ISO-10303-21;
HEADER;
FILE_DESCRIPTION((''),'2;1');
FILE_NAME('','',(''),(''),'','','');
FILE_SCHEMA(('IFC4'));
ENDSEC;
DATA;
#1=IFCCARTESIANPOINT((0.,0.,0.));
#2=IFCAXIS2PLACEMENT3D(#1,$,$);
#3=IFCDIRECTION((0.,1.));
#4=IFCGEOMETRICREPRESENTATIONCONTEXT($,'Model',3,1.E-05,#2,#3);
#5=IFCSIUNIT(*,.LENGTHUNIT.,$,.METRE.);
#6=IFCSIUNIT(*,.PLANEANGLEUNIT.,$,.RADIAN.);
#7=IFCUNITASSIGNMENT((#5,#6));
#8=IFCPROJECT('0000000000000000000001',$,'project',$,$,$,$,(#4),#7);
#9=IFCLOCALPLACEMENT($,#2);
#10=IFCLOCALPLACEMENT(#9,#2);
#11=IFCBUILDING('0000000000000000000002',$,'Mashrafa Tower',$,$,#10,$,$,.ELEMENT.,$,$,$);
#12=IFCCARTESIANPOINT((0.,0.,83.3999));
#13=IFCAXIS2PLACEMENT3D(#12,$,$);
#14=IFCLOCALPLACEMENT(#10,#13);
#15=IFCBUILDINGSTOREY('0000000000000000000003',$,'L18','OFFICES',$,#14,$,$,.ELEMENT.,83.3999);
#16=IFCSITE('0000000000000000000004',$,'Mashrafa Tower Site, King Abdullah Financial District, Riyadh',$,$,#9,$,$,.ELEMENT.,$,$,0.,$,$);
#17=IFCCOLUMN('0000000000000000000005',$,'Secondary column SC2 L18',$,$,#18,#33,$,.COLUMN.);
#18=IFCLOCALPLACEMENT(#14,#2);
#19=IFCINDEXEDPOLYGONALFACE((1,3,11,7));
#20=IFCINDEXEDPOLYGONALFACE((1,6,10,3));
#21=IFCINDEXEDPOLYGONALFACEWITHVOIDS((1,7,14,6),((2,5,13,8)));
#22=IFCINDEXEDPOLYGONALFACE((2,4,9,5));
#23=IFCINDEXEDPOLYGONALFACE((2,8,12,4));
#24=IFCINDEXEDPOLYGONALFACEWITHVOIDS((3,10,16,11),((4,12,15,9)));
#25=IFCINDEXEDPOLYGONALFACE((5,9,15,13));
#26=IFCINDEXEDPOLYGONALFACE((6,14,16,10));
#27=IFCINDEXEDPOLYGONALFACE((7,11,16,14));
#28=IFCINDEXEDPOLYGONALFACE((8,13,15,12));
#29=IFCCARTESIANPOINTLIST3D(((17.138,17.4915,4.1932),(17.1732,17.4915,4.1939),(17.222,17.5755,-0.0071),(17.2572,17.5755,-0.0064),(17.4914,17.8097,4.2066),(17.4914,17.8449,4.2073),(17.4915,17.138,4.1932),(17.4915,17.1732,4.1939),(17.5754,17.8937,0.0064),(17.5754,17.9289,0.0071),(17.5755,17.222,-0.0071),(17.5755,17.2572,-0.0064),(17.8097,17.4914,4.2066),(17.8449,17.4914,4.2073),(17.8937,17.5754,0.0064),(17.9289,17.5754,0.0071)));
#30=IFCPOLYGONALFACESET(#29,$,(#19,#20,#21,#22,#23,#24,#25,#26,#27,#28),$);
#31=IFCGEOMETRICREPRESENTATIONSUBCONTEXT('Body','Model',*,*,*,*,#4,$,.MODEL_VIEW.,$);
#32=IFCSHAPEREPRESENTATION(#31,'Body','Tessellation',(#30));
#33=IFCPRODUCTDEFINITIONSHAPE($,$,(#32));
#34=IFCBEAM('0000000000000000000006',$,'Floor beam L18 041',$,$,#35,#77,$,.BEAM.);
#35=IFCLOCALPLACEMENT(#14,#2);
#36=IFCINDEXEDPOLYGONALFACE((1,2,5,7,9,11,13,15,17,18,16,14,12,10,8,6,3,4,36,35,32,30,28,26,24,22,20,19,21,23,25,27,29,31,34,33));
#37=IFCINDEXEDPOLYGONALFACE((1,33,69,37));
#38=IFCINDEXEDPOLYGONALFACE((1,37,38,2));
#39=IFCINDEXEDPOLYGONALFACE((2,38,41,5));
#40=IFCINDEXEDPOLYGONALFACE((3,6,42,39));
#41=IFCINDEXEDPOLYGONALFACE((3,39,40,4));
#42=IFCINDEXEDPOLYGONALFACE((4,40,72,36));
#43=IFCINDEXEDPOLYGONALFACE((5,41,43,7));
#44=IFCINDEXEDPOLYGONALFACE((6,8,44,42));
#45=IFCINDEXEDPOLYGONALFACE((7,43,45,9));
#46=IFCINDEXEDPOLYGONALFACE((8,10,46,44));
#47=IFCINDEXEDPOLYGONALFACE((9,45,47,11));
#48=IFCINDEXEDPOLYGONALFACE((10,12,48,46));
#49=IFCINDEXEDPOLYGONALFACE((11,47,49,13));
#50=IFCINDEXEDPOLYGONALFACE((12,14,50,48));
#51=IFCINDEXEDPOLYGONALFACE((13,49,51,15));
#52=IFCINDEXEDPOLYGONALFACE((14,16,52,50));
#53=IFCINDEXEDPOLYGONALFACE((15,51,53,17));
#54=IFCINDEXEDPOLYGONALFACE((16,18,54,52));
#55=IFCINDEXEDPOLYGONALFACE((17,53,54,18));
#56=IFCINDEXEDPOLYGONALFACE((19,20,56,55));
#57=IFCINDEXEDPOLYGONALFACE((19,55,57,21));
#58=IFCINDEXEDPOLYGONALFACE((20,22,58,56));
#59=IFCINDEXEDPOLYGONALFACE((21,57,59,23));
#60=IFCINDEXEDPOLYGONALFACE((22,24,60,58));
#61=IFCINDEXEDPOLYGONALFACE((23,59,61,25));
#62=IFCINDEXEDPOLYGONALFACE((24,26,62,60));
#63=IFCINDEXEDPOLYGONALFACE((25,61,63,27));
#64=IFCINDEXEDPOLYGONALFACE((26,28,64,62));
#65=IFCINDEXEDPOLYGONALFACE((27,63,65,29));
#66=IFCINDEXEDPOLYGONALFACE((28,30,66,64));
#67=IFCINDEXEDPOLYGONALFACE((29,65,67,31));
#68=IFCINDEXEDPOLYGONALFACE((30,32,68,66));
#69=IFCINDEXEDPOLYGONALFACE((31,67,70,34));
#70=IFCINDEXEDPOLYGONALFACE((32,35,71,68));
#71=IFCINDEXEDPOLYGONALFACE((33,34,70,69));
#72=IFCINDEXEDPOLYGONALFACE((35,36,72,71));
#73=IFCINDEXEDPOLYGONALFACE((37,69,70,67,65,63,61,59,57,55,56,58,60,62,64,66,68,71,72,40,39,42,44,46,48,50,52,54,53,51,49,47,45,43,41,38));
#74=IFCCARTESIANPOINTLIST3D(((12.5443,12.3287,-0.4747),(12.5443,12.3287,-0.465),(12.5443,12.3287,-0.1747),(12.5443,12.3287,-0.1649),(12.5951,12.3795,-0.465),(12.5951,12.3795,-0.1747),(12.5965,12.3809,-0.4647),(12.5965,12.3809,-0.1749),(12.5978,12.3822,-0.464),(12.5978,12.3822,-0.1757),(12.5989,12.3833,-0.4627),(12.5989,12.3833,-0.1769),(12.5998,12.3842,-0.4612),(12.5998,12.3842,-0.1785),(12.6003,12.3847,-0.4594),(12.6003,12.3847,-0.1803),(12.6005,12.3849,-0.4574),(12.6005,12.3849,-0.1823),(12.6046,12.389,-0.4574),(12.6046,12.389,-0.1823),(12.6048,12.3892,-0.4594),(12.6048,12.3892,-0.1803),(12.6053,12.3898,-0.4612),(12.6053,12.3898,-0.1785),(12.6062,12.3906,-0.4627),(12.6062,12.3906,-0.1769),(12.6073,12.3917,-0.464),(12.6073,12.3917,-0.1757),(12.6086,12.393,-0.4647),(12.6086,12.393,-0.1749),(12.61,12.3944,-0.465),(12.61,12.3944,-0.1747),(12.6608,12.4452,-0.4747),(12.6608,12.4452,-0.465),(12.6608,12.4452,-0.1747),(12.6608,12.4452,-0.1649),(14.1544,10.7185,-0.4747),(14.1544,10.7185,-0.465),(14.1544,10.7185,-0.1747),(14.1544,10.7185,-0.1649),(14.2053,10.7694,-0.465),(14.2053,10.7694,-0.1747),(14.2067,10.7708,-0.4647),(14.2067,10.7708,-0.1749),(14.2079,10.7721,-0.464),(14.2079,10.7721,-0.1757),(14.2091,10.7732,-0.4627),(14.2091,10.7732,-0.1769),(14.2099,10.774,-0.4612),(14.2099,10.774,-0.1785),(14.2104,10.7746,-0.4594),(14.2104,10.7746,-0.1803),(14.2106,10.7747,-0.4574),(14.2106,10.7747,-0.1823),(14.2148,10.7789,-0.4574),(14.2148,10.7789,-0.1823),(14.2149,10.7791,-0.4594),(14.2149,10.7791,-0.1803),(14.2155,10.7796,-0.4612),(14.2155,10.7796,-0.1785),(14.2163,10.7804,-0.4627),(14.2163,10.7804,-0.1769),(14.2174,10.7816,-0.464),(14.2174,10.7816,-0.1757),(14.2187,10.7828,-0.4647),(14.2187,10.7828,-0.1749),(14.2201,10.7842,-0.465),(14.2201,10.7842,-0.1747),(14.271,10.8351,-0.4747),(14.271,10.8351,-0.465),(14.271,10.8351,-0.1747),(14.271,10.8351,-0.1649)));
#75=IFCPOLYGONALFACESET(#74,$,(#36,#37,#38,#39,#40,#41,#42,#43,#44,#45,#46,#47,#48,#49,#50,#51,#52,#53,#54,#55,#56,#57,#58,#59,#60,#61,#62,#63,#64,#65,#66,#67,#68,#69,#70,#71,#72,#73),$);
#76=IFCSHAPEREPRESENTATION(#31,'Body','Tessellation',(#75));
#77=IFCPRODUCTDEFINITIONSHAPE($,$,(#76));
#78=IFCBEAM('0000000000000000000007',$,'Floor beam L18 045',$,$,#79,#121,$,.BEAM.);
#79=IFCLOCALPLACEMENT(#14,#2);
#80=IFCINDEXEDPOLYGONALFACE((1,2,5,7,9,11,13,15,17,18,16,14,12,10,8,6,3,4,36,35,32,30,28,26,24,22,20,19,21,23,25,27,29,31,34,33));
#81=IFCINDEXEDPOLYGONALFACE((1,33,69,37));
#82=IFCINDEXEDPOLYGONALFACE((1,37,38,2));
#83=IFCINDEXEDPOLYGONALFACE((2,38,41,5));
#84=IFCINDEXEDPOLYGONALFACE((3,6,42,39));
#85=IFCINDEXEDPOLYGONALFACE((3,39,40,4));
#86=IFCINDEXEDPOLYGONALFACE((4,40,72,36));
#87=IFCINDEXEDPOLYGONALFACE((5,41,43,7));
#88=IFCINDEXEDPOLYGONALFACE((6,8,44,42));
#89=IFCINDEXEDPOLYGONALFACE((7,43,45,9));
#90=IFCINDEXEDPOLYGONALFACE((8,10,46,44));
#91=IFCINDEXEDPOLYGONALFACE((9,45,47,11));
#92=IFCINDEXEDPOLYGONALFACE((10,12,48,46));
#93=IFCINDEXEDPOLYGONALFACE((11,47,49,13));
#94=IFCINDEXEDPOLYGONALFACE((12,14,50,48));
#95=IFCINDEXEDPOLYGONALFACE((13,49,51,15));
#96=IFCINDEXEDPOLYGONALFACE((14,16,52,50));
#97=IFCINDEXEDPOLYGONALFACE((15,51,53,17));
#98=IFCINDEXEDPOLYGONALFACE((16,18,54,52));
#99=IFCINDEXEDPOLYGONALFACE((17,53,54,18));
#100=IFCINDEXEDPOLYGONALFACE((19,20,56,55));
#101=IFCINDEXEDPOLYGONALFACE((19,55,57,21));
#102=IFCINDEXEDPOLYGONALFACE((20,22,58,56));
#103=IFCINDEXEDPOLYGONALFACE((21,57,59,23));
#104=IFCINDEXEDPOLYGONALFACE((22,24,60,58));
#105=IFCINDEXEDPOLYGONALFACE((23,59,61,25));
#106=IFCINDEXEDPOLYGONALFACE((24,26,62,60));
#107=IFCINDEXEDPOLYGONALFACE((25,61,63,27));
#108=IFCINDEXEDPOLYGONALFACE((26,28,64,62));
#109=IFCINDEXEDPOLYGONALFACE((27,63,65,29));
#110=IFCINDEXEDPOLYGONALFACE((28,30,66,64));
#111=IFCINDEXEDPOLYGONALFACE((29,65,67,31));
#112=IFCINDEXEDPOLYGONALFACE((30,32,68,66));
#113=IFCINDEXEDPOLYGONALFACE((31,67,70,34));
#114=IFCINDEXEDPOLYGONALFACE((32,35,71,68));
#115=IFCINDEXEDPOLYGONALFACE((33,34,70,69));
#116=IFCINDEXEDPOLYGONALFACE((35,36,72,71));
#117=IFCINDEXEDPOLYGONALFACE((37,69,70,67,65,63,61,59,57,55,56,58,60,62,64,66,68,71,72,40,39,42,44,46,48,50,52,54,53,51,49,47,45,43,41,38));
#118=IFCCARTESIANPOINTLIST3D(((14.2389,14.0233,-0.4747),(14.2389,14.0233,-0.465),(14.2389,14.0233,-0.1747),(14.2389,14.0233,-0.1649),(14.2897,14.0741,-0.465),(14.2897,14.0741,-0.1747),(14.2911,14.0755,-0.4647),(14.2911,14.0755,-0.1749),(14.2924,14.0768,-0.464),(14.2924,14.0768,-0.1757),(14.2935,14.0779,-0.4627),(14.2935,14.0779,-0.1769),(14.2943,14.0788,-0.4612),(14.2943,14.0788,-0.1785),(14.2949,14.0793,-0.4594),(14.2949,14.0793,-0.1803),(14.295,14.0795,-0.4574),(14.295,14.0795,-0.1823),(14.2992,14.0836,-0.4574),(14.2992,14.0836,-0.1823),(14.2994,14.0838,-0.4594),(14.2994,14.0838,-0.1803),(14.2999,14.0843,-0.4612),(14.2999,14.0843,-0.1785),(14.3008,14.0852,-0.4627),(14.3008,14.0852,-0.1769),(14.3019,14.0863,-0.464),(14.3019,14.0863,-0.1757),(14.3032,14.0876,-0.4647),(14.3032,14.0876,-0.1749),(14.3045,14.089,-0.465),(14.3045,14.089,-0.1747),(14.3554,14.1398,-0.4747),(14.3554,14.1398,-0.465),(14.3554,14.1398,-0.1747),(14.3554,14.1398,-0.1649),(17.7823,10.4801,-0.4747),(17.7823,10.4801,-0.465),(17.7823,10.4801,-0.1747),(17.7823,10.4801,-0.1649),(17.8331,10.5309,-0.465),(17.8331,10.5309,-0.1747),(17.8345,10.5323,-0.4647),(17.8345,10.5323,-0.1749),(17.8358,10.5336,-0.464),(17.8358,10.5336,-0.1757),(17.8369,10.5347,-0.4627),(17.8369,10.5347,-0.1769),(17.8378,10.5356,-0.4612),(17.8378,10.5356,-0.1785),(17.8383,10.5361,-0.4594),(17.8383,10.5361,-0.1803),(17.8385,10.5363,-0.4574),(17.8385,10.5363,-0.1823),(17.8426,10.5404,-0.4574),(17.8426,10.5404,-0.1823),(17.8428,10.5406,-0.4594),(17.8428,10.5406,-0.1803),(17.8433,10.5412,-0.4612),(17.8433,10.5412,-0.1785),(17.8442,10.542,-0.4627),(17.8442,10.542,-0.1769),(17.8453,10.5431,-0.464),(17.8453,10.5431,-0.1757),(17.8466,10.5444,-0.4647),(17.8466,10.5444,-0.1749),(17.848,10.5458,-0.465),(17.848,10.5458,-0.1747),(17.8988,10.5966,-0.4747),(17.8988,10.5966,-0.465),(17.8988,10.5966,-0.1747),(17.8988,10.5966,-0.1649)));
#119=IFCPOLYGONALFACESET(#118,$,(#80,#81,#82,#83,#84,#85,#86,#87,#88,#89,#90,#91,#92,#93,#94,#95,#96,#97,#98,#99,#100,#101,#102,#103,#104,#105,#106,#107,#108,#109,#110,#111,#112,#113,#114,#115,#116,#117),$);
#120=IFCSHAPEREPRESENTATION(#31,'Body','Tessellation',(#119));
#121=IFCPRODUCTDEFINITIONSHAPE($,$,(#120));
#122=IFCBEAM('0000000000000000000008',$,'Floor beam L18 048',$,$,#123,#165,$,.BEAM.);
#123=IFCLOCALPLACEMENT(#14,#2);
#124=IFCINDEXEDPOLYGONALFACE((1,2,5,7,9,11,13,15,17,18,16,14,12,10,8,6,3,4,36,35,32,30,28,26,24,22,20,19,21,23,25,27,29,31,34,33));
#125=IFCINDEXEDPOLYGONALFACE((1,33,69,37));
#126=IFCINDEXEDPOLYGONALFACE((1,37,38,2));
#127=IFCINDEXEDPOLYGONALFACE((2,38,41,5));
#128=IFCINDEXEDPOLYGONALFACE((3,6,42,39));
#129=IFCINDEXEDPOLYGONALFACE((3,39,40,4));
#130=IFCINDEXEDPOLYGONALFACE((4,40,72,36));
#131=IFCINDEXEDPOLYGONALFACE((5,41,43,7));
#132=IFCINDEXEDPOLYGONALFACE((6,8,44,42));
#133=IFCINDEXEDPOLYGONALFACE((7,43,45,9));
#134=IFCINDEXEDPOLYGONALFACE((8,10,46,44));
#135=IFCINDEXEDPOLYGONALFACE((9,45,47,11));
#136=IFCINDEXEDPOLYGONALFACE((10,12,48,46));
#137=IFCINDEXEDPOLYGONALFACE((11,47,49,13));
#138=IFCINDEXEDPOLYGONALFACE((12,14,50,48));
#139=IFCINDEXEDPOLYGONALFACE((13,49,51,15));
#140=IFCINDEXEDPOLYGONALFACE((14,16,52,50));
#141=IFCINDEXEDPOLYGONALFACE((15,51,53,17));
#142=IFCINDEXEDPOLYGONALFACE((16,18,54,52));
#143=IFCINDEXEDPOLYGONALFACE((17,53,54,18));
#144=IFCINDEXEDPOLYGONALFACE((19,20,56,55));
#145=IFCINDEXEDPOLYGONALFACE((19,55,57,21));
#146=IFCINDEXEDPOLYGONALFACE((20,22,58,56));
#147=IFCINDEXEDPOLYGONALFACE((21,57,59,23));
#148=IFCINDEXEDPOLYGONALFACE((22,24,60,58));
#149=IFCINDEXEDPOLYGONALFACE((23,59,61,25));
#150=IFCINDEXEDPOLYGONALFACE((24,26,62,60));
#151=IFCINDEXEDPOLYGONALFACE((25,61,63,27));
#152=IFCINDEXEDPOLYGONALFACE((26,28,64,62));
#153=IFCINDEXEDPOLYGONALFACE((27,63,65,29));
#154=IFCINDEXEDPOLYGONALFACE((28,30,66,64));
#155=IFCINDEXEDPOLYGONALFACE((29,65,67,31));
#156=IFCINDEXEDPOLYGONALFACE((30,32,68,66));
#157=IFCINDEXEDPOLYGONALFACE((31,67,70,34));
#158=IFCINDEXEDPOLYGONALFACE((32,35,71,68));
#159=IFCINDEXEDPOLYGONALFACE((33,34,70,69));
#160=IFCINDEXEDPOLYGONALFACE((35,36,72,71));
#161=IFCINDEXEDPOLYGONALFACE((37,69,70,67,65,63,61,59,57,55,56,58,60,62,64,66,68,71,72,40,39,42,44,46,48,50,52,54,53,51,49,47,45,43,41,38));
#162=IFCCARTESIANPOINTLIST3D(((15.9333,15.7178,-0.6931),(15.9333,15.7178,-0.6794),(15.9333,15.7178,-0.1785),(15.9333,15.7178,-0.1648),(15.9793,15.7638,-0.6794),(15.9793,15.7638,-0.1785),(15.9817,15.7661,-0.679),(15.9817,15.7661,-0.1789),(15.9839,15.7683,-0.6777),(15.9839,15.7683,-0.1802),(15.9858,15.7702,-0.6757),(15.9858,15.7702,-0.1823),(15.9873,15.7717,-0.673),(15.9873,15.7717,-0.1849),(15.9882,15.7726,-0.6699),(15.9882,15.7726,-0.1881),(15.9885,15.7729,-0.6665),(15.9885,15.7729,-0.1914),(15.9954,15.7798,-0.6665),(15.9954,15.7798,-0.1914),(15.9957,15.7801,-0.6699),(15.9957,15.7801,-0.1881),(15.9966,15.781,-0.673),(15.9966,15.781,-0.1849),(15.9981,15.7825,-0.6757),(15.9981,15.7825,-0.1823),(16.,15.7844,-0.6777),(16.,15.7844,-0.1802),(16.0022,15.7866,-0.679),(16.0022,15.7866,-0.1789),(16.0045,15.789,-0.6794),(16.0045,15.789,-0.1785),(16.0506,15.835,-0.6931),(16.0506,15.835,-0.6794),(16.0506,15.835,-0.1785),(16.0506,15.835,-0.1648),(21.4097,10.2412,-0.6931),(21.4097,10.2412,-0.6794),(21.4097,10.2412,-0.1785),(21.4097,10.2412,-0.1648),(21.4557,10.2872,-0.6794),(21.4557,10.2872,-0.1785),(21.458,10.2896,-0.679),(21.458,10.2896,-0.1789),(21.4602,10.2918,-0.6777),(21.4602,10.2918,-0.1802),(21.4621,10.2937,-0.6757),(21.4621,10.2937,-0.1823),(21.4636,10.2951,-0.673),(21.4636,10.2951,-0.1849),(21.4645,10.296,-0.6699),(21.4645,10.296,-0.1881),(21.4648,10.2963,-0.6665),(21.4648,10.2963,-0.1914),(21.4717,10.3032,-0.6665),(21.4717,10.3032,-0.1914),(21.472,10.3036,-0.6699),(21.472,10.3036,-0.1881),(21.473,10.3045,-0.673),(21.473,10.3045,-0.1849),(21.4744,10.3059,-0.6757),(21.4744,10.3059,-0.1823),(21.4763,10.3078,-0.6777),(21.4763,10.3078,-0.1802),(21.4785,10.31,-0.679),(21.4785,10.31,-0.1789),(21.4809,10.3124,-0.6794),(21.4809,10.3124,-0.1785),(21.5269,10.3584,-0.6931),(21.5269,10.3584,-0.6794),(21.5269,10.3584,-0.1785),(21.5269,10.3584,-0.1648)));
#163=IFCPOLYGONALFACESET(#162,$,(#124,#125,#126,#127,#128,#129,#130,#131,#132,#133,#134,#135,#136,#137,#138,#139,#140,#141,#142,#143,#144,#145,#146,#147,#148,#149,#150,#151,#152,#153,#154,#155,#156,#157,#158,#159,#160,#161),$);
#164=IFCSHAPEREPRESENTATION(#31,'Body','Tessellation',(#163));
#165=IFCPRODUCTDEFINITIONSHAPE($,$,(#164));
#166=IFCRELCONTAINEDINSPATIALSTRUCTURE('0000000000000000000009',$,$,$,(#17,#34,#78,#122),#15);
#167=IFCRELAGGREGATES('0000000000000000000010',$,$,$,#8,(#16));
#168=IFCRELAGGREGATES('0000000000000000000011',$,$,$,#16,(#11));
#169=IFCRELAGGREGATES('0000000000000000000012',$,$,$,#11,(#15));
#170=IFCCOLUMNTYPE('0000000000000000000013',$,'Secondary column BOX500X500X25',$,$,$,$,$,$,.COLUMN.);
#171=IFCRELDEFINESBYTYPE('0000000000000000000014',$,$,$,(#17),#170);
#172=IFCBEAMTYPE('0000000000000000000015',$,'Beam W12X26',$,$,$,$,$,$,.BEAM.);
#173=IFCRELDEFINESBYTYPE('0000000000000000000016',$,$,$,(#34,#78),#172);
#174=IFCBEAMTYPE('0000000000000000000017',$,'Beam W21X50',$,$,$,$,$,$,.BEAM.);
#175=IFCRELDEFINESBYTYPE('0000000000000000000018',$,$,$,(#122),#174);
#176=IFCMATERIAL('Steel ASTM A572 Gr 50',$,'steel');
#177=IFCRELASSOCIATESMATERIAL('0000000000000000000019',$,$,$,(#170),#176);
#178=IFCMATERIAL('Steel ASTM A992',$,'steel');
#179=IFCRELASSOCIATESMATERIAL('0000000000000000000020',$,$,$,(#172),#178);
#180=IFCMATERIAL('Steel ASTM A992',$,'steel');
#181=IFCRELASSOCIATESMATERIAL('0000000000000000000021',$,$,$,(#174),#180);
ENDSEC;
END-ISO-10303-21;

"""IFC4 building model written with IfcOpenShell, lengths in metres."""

from ifc_helpers import new_model, si_unit, direction, frame, origin, origin_2d, place, context, subcontext, project, spatial, hollow_rectangle, i_section, extrude, material, material_profile, profile_set, type_object, element, save


model = new_model("IFC4")

# Units and contexts
model_context = context("Model", 3, precision=1e-05, world=origin(), true_north=direction((0.0, 1.0)))
body_context = subcontext(model_context, "Body", "Model", "MODEL_VIEW")
ifc_project = project(units=[si_unit("LENGTHUNIT", "METRE"), si_unit("PLANEANGLEUNIT", "RADIAN")], contexts=[model_context])

# Site, building, storey
site_placement = place(None, origin())
site = spatial("IfcSite", under=ifc_project, at=site_placement, Name="Mashrafa Tower Site, King Abdullah Financial District, Riyadh", CompositionType="ELEMENT", RefElevation=0.0)
building_placement = place(site_placement, origin())
building = spatial("IfcBuilding", under=site, at=building_placement, Name="Mashrafa Tower", CompositionType="ELEMENT")
storey_placement = place(building_placement, frame((0.0, 0.0, 83.3999)))
storey = spatial("IfcBuildingStorey", under=building, at=storey_placement, Name="L18", Description="OFFICES", CompositionType="ELEMENT", Elevation=83.3999)

# Column
ifc_material_1 = material(Name="Steel ASTM A572 Gr 50", Category="steel")
ifc_material_profile_1 = material_profile(ifc_material_1, hollow_rectangle(XDim=0.5, YDim=0.5, WallThickness=0.0249, at=origin_2d()), Name="BOX500X500X25")
ifc_profile_set_1 = profile_set([ifc_material_profile_1], Name="Steel ASTM A572 Gr 50")
column_type = type_object("IfcColumnType", Name="Secondary column BOX500X500X25", PredefinedType="COLUMN", material=ifc_profile_set_1)
column_placement = place(storey_placement, frame((17.5754, 17.5754, 0.0), z_axis=(-0.019987, -0.019987, 0.9996), x_axis=(0.707107, -0.707107, 0.0)))
element("IfcColumn", 1, at=column_placement, inside=storey, type_object=column_type, Name="Secondary column SC2 L18", PredefinedType="COLUMN", context=body_context, shape_type="SweptSolid", body=[
    extrude(hollow_rectangle(XDim=0.5, YDim=0.5, WallThickness=0.0249, at=origin_2d()), origin(), (0.0, 0.0, 1.0), 4.2019),
])

# Beams
ifc_material_2 = material(Name="Steel ASTM A992", Category="steel")
ifc_material_profile_2 = material_profile(ifc_material_2, i_section(OverallWidth=0.1648, OverallDepth=0.3098, WebThickness=0.0059, FlangeThickness=0.0098, FilletRadius=0.0076, at=origin_2d()), Name="W12X26")
ifc_profile_set_2 = profile_set([ifc_material_profile_2], Name="Steel ASTM A992")
beam_type_1 = type_object("IfcBeamType", Name="Beam W12X26", PredefinedType="BEAM", material=ifc_profile_set_2)
beam_1_placement = place(storey_placement, frame((12.6025, 12.387, -0.3198), z_axis=(0.707107, -0.707107, 0.0), x_axis=(0.707107, 0.707107, 0.0)))
element("IfcBeam", 2, at=beam_1_placement, inside=storey, type_object=beam_type_1, Name="Floor beam L18 041", PredefinedType="BEAM", context=body_context, shape_type="SweptSolid", body=[
    extrude(i_section(OverallWidth=0.1648, OverallDepth=0.3098, WebThickness=0.0059, FlangeThickness=0.0098, FilletRadius=0.0076, at=origin_2d()), origin(), (0.0, 0.0, 1.0), 2.2771),
])
beam_2_placement = place(storey_placement, frame((14.2971, 14.0815, -0.3198), z_axis=(0.707131, -0.707082, 0.0), x_axis=(0.707082, 0.707131, 0.0)))
element("IfcBeam", 3, at=beam_2_placement, inside=storey, type_object=beam_type_1, Name="Floor beam L18 045", PredefinedType="BEAM", context=body_context, shape_type="SweptSolid", body=[
    extrude(i_section(OverallWidth=0.1648, OverallDepth=0.3098, WebThickness=0.0059, FlangeThickness=0.0098, FilletRadius=0.0076, at=origin_2d()), origin(), (0.0, 0.0, 1.0), 5.011),
])
ifc_material_3 = material(Name="Steel ASTM A992", Category="steel")
ifc_material_profile_3 = material_profile(ifc_material_3, i_section(OverallWidth=0.1658, OverallDepth=0.5283, WebThickness=0.0098, FlangeThickness=0.0137, FilletRadius=0.0129, at=origin_2d()), Name="W21X50")
ifc_profile_set_3 = profile_set([ifc_material_profile_3], Name="Steel ASTM A992")
beam_type_2 = type_object("IfcBeamType", Name="Beam W21X50", PredefinedType="BEAM", material=ifc_profile_set_3)
beam_3_placement = place(storey_placement, frame((15.9919, 15.7764, -0.429), z_axis=(0.707091, -0.707123, 0.0), x_axis=(0.707123, 0.707091, 0.0)))
element("IfcBeam", 4, at=beam_3_placement, inside=storey, type_object=beam_type_2, Name="Floor beam L18 048", PredefinedType="BEAM", context=body_context, shape_type="SweptSolid", body=[
    extrude(i_section(OverallWidth=0.1658, OverallDepth=0.5283, WebThickness=0.0098, FlangeThickness=0.0137, FilletRadius=0.0129, at=origin_2d()), origin(), (0.0, 0.0, 1.0), 7.7449),
])

save(model, "model.ifc")
